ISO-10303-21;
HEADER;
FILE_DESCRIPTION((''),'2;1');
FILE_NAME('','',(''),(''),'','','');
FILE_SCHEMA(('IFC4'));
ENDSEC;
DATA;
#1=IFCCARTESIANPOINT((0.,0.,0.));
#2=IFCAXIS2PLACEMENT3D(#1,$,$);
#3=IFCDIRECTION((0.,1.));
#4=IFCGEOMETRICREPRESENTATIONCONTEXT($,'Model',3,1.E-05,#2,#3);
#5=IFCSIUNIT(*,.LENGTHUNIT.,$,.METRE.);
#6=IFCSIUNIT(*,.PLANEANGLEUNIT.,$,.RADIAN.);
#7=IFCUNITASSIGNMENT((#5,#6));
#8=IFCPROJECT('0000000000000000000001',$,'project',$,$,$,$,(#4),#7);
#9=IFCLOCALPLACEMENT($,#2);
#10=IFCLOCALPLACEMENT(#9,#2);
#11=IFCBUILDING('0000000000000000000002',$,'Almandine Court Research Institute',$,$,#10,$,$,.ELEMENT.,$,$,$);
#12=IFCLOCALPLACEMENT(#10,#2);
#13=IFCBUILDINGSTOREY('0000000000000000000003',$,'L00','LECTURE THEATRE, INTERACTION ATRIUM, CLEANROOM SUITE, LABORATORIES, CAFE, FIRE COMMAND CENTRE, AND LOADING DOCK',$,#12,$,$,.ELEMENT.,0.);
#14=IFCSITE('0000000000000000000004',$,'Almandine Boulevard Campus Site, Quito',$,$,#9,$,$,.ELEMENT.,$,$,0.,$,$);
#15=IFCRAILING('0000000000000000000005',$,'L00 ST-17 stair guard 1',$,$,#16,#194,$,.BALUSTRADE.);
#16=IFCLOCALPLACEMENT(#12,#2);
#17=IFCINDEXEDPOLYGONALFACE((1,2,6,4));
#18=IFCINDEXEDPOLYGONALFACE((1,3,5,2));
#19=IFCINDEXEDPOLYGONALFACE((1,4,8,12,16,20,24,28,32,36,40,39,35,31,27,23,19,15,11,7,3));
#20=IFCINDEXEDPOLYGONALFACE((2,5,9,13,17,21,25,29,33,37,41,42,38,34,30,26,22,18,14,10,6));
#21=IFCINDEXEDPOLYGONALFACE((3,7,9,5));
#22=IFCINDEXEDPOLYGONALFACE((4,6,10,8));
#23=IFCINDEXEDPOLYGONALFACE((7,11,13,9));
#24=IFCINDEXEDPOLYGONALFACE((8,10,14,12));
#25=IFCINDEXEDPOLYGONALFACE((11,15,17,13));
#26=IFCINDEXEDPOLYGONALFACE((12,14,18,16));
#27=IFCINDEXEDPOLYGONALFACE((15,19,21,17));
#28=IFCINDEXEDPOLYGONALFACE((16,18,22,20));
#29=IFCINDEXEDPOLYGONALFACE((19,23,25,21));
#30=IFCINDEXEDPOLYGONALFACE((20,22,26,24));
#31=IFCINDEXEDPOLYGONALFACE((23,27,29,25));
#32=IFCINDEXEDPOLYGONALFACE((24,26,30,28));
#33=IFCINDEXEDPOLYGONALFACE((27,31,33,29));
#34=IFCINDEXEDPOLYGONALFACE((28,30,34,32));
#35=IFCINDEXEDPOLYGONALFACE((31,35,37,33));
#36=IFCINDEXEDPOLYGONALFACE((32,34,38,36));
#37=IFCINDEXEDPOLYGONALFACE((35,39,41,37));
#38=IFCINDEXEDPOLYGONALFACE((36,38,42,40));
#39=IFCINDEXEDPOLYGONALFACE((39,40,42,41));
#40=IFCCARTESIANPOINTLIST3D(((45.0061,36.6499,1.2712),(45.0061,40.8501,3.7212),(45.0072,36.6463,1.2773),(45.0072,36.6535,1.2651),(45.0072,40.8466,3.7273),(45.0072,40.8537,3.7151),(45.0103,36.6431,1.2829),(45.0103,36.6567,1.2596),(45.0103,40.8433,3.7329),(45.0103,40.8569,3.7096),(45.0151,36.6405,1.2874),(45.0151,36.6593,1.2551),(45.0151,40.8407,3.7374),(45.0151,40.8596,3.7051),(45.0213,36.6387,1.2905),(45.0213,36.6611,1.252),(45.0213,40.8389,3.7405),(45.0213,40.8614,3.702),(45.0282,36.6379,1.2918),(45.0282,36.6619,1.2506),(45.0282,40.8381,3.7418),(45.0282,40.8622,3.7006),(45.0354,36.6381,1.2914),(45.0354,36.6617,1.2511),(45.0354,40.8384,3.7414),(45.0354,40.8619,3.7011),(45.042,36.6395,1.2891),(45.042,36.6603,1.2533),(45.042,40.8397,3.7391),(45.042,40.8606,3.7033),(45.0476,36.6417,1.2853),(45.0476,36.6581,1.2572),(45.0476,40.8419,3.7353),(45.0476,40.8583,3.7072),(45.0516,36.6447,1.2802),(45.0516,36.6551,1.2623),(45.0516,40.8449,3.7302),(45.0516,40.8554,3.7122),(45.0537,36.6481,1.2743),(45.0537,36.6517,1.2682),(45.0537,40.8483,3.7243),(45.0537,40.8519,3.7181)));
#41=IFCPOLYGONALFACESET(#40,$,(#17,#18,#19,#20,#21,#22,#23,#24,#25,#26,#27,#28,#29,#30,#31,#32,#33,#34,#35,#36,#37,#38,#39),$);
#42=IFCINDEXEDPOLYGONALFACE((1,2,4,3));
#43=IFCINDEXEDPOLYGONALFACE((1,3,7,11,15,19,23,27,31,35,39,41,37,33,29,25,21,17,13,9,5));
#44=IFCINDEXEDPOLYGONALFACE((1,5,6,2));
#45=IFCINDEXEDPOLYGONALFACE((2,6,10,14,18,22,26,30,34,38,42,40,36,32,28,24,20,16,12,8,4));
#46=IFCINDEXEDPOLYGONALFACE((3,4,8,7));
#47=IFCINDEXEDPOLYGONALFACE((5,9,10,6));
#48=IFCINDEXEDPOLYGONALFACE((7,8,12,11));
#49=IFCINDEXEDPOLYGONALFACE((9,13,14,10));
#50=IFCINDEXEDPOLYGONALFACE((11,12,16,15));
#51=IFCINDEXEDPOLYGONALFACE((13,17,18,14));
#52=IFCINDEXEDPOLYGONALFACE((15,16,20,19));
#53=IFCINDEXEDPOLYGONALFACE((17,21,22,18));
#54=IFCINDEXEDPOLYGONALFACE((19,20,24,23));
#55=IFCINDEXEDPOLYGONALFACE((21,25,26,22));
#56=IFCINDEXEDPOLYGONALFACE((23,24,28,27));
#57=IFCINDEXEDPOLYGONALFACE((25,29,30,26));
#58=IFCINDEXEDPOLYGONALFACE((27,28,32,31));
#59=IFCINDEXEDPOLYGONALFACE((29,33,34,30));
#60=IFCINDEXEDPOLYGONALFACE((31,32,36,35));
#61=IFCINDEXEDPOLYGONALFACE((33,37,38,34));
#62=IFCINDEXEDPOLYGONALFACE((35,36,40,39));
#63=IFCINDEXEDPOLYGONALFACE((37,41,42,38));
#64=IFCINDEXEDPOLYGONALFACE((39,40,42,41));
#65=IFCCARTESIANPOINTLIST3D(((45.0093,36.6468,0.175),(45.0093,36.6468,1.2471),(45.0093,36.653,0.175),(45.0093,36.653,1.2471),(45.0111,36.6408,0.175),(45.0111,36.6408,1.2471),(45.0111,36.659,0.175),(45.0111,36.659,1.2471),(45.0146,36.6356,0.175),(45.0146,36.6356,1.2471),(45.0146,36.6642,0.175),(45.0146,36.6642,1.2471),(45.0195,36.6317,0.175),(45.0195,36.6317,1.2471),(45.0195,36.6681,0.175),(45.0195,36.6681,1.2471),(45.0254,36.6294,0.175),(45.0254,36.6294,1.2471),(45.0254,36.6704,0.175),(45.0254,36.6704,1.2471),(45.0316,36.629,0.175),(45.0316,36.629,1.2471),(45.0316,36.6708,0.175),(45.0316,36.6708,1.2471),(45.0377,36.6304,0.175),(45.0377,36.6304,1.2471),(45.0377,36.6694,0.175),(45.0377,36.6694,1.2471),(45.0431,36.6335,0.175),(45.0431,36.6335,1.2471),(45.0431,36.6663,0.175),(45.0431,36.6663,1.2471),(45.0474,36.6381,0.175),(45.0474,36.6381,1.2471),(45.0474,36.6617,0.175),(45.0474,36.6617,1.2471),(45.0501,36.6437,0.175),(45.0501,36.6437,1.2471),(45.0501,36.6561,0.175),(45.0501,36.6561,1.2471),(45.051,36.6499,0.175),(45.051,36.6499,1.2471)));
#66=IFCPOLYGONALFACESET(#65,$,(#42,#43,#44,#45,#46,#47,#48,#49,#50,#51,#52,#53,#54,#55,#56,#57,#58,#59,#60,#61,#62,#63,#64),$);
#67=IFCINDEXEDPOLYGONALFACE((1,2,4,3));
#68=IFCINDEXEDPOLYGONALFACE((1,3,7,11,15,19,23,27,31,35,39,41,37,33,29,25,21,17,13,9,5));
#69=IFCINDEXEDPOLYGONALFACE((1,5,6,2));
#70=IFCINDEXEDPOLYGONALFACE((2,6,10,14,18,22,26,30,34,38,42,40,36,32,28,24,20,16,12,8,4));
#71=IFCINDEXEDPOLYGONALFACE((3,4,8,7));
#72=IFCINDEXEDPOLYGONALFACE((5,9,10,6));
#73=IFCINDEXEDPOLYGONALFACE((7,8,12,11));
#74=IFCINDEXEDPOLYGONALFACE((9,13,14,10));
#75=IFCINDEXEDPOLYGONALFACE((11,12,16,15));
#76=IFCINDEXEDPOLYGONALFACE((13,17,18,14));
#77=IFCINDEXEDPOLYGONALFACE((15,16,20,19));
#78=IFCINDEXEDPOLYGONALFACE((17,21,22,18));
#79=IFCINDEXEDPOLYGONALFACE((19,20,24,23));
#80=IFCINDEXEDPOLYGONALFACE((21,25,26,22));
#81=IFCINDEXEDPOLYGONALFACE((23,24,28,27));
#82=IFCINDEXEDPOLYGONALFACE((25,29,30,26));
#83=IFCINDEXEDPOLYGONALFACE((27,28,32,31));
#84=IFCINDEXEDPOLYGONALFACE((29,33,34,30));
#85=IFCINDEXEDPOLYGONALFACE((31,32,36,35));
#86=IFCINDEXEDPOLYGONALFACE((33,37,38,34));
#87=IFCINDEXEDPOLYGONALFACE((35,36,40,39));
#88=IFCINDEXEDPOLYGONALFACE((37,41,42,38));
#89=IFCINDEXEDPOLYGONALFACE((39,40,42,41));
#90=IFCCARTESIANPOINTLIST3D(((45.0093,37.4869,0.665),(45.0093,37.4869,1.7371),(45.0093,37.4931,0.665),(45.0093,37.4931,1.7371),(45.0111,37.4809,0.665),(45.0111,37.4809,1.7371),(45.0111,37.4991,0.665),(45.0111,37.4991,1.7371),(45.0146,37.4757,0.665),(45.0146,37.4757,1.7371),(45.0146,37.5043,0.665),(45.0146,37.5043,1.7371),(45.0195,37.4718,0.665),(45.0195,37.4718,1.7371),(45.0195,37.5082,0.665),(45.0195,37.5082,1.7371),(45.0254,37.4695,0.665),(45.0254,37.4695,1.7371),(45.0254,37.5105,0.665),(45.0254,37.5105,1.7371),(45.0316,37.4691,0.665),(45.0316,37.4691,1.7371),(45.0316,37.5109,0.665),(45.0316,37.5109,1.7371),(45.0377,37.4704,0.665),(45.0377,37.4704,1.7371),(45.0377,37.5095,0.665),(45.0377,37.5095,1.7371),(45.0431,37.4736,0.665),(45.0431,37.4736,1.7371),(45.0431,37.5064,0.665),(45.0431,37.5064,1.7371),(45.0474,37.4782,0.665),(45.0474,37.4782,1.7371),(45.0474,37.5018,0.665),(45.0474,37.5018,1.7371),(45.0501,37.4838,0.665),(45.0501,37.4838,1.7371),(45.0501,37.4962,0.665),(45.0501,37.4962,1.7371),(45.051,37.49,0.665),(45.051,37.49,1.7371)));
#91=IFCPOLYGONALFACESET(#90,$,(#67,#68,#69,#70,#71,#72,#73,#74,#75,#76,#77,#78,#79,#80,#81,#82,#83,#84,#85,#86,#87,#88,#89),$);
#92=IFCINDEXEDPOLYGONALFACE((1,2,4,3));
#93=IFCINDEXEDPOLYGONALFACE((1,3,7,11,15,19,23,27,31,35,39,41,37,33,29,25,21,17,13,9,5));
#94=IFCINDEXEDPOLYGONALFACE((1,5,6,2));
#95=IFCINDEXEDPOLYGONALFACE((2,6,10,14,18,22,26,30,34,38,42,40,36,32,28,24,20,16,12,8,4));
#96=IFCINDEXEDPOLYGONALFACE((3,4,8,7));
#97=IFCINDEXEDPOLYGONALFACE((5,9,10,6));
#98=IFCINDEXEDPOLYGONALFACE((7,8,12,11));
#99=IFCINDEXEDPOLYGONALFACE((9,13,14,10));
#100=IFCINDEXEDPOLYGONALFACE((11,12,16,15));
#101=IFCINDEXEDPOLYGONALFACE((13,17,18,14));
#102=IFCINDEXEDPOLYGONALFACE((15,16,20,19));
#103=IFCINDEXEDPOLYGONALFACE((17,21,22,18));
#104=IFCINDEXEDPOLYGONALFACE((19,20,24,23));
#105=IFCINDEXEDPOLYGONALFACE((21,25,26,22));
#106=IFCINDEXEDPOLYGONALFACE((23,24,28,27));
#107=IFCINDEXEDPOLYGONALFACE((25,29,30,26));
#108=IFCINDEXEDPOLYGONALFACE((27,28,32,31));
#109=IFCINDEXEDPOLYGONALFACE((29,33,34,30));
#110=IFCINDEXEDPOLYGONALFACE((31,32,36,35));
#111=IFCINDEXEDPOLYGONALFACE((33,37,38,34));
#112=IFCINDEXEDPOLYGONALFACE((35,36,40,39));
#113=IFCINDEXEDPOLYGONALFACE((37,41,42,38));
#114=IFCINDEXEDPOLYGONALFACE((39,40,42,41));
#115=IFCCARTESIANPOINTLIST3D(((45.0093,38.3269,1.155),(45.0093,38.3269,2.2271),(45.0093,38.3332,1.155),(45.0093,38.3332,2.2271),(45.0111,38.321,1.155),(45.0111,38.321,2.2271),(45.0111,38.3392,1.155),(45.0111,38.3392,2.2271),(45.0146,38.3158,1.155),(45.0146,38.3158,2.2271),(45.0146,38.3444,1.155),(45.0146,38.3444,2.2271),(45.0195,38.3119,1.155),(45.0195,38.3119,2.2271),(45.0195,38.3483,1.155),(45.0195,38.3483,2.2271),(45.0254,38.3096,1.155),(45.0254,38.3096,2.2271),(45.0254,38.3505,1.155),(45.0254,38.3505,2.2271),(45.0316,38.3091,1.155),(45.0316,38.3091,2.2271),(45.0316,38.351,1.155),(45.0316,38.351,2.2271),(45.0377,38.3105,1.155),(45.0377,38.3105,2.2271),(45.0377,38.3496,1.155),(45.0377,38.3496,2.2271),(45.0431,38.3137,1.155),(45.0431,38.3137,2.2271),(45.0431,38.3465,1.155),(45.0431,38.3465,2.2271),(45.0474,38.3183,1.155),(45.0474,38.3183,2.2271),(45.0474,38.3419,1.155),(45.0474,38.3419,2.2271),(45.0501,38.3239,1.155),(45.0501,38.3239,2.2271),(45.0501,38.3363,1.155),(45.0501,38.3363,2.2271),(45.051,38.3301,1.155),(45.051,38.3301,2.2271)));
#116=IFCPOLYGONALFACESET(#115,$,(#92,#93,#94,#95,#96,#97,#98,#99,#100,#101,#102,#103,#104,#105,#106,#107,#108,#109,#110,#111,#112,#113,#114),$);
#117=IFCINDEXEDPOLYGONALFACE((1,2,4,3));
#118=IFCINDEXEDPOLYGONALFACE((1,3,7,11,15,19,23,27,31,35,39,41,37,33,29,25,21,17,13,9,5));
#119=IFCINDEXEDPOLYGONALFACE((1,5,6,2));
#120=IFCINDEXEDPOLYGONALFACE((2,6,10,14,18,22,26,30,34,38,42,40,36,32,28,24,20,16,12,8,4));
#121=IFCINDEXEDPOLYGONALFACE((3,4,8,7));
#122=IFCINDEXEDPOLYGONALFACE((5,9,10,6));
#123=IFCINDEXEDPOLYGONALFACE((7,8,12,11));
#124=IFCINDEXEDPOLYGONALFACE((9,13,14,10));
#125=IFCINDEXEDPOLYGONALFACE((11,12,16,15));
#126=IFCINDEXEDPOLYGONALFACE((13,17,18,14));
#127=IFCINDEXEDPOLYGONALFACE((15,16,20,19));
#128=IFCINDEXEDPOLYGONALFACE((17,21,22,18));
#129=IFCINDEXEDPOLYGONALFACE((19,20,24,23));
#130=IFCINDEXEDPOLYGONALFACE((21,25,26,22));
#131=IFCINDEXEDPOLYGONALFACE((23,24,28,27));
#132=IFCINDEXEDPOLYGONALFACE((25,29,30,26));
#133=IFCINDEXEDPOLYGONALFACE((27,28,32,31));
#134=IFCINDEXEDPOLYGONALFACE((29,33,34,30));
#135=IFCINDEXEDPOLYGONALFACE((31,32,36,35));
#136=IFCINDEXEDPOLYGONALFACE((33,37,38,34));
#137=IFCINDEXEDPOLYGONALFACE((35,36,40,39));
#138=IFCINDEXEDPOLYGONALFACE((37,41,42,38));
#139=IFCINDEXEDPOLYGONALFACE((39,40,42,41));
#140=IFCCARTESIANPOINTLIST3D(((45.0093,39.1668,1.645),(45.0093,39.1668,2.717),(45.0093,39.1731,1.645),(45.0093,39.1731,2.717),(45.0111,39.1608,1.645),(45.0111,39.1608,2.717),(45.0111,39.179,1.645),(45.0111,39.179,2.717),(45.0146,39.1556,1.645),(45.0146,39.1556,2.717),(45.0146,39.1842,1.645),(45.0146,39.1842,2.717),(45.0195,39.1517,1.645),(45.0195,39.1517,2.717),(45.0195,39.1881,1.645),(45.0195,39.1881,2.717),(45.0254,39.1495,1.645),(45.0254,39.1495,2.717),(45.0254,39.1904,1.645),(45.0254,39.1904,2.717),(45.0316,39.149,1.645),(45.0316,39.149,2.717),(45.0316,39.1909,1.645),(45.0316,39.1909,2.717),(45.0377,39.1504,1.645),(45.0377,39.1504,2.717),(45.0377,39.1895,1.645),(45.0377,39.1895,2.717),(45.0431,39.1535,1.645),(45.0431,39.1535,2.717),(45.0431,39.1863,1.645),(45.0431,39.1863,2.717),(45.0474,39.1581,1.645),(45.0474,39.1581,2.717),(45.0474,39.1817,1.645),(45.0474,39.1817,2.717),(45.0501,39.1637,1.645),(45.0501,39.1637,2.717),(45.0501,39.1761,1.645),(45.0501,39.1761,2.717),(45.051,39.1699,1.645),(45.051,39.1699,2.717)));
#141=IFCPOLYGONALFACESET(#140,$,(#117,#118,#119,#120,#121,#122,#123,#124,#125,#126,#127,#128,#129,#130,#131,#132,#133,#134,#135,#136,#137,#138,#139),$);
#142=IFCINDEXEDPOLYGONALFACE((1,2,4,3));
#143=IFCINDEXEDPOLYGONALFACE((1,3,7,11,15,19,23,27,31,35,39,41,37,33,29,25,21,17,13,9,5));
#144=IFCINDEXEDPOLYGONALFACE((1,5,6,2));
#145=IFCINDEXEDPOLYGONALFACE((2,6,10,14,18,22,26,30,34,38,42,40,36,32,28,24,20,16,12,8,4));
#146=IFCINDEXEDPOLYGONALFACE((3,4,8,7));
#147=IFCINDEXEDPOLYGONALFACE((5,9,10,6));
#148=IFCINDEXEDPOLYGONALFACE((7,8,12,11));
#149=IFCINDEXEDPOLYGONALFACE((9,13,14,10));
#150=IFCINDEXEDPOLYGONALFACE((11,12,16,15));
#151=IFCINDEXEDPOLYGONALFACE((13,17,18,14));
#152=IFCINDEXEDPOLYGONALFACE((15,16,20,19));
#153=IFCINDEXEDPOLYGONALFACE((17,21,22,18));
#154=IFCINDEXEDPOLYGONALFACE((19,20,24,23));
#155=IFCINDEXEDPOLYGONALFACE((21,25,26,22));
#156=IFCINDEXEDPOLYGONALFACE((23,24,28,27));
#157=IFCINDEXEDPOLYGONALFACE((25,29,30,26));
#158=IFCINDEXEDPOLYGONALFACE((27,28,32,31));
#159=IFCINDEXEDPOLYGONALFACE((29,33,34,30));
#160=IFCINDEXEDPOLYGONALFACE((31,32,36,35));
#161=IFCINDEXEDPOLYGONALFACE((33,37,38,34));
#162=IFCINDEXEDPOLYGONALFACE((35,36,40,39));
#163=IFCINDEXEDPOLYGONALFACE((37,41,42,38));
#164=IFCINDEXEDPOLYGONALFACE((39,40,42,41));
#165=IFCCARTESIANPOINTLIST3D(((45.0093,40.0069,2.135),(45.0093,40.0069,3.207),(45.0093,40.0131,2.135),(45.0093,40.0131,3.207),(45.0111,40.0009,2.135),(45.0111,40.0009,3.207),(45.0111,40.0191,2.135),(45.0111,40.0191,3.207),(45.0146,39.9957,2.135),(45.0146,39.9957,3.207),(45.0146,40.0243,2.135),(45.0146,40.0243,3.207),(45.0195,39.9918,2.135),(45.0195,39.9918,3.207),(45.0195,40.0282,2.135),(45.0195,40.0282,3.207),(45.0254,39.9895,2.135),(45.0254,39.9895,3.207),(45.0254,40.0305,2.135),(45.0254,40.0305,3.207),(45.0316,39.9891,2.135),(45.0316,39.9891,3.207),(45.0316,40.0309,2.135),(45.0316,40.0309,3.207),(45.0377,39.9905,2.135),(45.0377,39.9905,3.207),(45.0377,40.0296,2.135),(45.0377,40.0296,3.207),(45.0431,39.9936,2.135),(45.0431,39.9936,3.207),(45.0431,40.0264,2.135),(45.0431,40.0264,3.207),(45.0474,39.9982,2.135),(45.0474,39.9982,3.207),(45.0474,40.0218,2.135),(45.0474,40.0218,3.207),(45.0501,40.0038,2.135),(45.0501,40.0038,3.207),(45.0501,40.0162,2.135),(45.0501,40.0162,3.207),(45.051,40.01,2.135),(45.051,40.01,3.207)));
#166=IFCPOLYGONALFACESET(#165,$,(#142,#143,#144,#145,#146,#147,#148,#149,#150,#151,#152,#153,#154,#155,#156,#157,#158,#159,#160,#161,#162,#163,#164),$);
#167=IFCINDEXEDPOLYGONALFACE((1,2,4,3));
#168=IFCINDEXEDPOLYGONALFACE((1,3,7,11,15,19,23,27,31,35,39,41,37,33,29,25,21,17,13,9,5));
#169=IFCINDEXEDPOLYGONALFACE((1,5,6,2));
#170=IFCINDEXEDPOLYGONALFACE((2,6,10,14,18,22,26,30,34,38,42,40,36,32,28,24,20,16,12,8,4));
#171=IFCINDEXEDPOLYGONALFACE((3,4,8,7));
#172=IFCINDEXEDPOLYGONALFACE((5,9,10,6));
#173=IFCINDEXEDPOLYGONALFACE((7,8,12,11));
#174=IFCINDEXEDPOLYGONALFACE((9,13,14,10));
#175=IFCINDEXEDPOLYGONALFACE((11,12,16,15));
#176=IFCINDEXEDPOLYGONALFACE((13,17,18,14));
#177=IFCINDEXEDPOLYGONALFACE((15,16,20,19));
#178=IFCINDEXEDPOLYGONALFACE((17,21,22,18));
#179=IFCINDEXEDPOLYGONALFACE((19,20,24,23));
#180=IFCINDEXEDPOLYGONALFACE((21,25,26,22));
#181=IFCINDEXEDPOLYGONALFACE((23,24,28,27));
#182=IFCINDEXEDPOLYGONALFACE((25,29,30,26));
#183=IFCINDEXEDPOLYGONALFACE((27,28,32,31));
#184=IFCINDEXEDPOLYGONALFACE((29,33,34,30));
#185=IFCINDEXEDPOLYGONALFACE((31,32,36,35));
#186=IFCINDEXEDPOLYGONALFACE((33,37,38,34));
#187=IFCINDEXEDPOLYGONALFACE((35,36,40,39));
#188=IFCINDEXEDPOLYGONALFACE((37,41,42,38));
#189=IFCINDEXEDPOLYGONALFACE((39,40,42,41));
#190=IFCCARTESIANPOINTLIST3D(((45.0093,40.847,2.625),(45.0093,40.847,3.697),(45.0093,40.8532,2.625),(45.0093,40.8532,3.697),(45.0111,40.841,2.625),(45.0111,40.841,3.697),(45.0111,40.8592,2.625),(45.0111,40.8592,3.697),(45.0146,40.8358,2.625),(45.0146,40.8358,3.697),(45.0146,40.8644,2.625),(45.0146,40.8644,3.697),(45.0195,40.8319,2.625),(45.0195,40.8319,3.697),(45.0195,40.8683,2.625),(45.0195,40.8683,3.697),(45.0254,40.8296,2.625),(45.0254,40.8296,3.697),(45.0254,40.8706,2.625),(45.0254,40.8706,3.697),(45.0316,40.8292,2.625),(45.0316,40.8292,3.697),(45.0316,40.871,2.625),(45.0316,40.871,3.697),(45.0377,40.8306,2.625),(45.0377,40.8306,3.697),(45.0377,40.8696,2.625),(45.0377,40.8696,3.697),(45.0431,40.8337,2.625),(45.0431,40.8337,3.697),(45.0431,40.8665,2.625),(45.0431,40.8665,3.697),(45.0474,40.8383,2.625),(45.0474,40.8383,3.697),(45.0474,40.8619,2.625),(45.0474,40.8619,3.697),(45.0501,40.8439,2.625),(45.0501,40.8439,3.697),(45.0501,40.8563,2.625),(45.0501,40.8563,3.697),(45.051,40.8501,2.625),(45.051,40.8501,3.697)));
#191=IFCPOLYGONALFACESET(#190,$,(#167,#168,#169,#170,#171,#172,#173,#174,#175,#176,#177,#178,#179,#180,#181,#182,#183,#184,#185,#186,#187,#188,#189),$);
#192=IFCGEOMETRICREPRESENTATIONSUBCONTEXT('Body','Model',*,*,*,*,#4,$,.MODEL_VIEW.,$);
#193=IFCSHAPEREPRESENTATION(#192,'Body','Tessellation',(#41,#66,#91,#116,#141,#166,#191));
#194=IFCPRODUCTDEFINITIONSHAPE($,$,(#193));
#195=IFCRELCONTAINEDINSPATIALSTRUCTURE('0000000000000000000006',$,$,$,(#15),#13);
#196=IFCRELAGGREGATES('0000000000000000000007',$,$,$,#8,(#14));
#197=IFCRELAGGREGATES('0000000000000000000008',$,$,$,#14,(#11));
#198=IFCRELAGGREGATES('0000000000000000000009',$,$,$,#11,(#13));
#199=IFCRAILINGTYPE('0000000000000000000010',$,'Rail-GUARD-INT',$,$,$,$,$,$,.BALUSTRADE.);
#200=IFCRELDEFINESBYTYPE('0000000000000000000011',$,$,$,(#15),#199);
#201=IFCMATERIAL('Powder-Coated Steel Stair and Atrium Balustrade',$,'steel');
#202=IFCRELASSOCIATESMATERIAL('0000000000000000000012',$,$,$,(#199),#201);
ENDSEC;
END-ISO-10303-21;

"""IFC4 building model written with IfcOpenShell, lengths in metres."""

from ifc_helpers import new_model, si_unit, direction, frame, origin, origin_2d, place, context, subcontext, project, spatial, circle, extrude, material, type_object, element, save


model = new_model("IFC4")

# Units and contexts
model_context = context("Model", 3, precision=1e-05, world=origin(), true_north=direction((0.0, 1.0)))
body_context = subcontext(model_context, "Body", "Model", "MODEL_VIEW")
ifc_project = project(units=[si_unit("LENGTHUNIT", "METRE"), si_unit("PLANEANGLEUNIT", "RADIAN")], contexts=[model_context])

# Site, building, storey
site_placement = place(None, origin())
site = spatial("IfcSite", under=ifc_project, at=site_placement, Name="Almandine Boulevard Campus Site, Quito", CompositionType="ELEMENT", RefElevation=0.0)
building_placement = place(site_placement, origin())
building = spatial("IfcBuilding", under=site, at=building_placement, Name="Almandine Court Research Institute", CompositionType="ELEMENT")
storey_placement = place(building_placement, origin())
storey = spatial("IfcBuildingStorey", under=building, at=storey_placement, Name="L00", Description="LECTURE THEATRE, INTERACTION ATRIUM, CLEANROOM SUITE, LABORATORIES, CAFE, FIRE COMMAND CENTRE, AND LOADING DOCK", CompositionType="ELEMENT", Elevation=0.0)

# Railing
ifc_material_1 = material(Name="Powder-Coated Steel Stair and Atrium Balustrade", Category="steel")
railing_type_1 = type_object("IfcRailingType", Name="Rail-GUARD-INT", PredefinedType="BALUSTRADE", material=ifc_material_1)
railing_1_placement = place(storey_placement, frame((45.03, 36.6499, 0.175)))
element("IfcRailing", 1, at=railing_1_placement, inside=storey, type_object=railing_type_1, Name="L00 ST-17 stair guard 1", PredefinedType="BALUSTRADE", context=body_context, shape_type="SweptSolid", body=[
    extrude(circle(Radius=0.0239, at=origin_2d()), frame((0.0, 0.0, 1.0962), z_axis=(0.0, 0.863793, 0.503846), x_axis=(-1.0, 0.0, 0.0)), (0.0, 0.0, 1.0), 4.8625),
    extrude(circle(Radius=0.021, at=origin_2d()), origin(), (0.0, 0.0, 1.0), 1.072),
    extrude(circle(Radius=0.021, at=origin_2d()), frame((0.0, 0.8401, 0.49)), (0.0, 0.0, 1.0), 1.072),
    extrude(circle(Radius=0.021, at=origin_2d()), frame((0.0, 1.6802, 0.98)), (0.0, 0.0, 1.0), 1.072),
    extrude(circle(Radius=0.021, at=origin_2d()), frame((0.0, 2.52, 1.47)), (0.0, 0.0, 1.0), 1.072),
    extrude(circle(Radius=0.021, at=origin_2d()), frame((0.0, 3.3601, 1.96)), (0.0, 0.0, 1.0), 1.072),
    extrude(circle(Radius=0.021, at=origin_2d()), frame((0.0, 4.2002, 2.45)), (0.0, 0.0, 1.0), 1.072),
])

save(model, "model.ifc")
